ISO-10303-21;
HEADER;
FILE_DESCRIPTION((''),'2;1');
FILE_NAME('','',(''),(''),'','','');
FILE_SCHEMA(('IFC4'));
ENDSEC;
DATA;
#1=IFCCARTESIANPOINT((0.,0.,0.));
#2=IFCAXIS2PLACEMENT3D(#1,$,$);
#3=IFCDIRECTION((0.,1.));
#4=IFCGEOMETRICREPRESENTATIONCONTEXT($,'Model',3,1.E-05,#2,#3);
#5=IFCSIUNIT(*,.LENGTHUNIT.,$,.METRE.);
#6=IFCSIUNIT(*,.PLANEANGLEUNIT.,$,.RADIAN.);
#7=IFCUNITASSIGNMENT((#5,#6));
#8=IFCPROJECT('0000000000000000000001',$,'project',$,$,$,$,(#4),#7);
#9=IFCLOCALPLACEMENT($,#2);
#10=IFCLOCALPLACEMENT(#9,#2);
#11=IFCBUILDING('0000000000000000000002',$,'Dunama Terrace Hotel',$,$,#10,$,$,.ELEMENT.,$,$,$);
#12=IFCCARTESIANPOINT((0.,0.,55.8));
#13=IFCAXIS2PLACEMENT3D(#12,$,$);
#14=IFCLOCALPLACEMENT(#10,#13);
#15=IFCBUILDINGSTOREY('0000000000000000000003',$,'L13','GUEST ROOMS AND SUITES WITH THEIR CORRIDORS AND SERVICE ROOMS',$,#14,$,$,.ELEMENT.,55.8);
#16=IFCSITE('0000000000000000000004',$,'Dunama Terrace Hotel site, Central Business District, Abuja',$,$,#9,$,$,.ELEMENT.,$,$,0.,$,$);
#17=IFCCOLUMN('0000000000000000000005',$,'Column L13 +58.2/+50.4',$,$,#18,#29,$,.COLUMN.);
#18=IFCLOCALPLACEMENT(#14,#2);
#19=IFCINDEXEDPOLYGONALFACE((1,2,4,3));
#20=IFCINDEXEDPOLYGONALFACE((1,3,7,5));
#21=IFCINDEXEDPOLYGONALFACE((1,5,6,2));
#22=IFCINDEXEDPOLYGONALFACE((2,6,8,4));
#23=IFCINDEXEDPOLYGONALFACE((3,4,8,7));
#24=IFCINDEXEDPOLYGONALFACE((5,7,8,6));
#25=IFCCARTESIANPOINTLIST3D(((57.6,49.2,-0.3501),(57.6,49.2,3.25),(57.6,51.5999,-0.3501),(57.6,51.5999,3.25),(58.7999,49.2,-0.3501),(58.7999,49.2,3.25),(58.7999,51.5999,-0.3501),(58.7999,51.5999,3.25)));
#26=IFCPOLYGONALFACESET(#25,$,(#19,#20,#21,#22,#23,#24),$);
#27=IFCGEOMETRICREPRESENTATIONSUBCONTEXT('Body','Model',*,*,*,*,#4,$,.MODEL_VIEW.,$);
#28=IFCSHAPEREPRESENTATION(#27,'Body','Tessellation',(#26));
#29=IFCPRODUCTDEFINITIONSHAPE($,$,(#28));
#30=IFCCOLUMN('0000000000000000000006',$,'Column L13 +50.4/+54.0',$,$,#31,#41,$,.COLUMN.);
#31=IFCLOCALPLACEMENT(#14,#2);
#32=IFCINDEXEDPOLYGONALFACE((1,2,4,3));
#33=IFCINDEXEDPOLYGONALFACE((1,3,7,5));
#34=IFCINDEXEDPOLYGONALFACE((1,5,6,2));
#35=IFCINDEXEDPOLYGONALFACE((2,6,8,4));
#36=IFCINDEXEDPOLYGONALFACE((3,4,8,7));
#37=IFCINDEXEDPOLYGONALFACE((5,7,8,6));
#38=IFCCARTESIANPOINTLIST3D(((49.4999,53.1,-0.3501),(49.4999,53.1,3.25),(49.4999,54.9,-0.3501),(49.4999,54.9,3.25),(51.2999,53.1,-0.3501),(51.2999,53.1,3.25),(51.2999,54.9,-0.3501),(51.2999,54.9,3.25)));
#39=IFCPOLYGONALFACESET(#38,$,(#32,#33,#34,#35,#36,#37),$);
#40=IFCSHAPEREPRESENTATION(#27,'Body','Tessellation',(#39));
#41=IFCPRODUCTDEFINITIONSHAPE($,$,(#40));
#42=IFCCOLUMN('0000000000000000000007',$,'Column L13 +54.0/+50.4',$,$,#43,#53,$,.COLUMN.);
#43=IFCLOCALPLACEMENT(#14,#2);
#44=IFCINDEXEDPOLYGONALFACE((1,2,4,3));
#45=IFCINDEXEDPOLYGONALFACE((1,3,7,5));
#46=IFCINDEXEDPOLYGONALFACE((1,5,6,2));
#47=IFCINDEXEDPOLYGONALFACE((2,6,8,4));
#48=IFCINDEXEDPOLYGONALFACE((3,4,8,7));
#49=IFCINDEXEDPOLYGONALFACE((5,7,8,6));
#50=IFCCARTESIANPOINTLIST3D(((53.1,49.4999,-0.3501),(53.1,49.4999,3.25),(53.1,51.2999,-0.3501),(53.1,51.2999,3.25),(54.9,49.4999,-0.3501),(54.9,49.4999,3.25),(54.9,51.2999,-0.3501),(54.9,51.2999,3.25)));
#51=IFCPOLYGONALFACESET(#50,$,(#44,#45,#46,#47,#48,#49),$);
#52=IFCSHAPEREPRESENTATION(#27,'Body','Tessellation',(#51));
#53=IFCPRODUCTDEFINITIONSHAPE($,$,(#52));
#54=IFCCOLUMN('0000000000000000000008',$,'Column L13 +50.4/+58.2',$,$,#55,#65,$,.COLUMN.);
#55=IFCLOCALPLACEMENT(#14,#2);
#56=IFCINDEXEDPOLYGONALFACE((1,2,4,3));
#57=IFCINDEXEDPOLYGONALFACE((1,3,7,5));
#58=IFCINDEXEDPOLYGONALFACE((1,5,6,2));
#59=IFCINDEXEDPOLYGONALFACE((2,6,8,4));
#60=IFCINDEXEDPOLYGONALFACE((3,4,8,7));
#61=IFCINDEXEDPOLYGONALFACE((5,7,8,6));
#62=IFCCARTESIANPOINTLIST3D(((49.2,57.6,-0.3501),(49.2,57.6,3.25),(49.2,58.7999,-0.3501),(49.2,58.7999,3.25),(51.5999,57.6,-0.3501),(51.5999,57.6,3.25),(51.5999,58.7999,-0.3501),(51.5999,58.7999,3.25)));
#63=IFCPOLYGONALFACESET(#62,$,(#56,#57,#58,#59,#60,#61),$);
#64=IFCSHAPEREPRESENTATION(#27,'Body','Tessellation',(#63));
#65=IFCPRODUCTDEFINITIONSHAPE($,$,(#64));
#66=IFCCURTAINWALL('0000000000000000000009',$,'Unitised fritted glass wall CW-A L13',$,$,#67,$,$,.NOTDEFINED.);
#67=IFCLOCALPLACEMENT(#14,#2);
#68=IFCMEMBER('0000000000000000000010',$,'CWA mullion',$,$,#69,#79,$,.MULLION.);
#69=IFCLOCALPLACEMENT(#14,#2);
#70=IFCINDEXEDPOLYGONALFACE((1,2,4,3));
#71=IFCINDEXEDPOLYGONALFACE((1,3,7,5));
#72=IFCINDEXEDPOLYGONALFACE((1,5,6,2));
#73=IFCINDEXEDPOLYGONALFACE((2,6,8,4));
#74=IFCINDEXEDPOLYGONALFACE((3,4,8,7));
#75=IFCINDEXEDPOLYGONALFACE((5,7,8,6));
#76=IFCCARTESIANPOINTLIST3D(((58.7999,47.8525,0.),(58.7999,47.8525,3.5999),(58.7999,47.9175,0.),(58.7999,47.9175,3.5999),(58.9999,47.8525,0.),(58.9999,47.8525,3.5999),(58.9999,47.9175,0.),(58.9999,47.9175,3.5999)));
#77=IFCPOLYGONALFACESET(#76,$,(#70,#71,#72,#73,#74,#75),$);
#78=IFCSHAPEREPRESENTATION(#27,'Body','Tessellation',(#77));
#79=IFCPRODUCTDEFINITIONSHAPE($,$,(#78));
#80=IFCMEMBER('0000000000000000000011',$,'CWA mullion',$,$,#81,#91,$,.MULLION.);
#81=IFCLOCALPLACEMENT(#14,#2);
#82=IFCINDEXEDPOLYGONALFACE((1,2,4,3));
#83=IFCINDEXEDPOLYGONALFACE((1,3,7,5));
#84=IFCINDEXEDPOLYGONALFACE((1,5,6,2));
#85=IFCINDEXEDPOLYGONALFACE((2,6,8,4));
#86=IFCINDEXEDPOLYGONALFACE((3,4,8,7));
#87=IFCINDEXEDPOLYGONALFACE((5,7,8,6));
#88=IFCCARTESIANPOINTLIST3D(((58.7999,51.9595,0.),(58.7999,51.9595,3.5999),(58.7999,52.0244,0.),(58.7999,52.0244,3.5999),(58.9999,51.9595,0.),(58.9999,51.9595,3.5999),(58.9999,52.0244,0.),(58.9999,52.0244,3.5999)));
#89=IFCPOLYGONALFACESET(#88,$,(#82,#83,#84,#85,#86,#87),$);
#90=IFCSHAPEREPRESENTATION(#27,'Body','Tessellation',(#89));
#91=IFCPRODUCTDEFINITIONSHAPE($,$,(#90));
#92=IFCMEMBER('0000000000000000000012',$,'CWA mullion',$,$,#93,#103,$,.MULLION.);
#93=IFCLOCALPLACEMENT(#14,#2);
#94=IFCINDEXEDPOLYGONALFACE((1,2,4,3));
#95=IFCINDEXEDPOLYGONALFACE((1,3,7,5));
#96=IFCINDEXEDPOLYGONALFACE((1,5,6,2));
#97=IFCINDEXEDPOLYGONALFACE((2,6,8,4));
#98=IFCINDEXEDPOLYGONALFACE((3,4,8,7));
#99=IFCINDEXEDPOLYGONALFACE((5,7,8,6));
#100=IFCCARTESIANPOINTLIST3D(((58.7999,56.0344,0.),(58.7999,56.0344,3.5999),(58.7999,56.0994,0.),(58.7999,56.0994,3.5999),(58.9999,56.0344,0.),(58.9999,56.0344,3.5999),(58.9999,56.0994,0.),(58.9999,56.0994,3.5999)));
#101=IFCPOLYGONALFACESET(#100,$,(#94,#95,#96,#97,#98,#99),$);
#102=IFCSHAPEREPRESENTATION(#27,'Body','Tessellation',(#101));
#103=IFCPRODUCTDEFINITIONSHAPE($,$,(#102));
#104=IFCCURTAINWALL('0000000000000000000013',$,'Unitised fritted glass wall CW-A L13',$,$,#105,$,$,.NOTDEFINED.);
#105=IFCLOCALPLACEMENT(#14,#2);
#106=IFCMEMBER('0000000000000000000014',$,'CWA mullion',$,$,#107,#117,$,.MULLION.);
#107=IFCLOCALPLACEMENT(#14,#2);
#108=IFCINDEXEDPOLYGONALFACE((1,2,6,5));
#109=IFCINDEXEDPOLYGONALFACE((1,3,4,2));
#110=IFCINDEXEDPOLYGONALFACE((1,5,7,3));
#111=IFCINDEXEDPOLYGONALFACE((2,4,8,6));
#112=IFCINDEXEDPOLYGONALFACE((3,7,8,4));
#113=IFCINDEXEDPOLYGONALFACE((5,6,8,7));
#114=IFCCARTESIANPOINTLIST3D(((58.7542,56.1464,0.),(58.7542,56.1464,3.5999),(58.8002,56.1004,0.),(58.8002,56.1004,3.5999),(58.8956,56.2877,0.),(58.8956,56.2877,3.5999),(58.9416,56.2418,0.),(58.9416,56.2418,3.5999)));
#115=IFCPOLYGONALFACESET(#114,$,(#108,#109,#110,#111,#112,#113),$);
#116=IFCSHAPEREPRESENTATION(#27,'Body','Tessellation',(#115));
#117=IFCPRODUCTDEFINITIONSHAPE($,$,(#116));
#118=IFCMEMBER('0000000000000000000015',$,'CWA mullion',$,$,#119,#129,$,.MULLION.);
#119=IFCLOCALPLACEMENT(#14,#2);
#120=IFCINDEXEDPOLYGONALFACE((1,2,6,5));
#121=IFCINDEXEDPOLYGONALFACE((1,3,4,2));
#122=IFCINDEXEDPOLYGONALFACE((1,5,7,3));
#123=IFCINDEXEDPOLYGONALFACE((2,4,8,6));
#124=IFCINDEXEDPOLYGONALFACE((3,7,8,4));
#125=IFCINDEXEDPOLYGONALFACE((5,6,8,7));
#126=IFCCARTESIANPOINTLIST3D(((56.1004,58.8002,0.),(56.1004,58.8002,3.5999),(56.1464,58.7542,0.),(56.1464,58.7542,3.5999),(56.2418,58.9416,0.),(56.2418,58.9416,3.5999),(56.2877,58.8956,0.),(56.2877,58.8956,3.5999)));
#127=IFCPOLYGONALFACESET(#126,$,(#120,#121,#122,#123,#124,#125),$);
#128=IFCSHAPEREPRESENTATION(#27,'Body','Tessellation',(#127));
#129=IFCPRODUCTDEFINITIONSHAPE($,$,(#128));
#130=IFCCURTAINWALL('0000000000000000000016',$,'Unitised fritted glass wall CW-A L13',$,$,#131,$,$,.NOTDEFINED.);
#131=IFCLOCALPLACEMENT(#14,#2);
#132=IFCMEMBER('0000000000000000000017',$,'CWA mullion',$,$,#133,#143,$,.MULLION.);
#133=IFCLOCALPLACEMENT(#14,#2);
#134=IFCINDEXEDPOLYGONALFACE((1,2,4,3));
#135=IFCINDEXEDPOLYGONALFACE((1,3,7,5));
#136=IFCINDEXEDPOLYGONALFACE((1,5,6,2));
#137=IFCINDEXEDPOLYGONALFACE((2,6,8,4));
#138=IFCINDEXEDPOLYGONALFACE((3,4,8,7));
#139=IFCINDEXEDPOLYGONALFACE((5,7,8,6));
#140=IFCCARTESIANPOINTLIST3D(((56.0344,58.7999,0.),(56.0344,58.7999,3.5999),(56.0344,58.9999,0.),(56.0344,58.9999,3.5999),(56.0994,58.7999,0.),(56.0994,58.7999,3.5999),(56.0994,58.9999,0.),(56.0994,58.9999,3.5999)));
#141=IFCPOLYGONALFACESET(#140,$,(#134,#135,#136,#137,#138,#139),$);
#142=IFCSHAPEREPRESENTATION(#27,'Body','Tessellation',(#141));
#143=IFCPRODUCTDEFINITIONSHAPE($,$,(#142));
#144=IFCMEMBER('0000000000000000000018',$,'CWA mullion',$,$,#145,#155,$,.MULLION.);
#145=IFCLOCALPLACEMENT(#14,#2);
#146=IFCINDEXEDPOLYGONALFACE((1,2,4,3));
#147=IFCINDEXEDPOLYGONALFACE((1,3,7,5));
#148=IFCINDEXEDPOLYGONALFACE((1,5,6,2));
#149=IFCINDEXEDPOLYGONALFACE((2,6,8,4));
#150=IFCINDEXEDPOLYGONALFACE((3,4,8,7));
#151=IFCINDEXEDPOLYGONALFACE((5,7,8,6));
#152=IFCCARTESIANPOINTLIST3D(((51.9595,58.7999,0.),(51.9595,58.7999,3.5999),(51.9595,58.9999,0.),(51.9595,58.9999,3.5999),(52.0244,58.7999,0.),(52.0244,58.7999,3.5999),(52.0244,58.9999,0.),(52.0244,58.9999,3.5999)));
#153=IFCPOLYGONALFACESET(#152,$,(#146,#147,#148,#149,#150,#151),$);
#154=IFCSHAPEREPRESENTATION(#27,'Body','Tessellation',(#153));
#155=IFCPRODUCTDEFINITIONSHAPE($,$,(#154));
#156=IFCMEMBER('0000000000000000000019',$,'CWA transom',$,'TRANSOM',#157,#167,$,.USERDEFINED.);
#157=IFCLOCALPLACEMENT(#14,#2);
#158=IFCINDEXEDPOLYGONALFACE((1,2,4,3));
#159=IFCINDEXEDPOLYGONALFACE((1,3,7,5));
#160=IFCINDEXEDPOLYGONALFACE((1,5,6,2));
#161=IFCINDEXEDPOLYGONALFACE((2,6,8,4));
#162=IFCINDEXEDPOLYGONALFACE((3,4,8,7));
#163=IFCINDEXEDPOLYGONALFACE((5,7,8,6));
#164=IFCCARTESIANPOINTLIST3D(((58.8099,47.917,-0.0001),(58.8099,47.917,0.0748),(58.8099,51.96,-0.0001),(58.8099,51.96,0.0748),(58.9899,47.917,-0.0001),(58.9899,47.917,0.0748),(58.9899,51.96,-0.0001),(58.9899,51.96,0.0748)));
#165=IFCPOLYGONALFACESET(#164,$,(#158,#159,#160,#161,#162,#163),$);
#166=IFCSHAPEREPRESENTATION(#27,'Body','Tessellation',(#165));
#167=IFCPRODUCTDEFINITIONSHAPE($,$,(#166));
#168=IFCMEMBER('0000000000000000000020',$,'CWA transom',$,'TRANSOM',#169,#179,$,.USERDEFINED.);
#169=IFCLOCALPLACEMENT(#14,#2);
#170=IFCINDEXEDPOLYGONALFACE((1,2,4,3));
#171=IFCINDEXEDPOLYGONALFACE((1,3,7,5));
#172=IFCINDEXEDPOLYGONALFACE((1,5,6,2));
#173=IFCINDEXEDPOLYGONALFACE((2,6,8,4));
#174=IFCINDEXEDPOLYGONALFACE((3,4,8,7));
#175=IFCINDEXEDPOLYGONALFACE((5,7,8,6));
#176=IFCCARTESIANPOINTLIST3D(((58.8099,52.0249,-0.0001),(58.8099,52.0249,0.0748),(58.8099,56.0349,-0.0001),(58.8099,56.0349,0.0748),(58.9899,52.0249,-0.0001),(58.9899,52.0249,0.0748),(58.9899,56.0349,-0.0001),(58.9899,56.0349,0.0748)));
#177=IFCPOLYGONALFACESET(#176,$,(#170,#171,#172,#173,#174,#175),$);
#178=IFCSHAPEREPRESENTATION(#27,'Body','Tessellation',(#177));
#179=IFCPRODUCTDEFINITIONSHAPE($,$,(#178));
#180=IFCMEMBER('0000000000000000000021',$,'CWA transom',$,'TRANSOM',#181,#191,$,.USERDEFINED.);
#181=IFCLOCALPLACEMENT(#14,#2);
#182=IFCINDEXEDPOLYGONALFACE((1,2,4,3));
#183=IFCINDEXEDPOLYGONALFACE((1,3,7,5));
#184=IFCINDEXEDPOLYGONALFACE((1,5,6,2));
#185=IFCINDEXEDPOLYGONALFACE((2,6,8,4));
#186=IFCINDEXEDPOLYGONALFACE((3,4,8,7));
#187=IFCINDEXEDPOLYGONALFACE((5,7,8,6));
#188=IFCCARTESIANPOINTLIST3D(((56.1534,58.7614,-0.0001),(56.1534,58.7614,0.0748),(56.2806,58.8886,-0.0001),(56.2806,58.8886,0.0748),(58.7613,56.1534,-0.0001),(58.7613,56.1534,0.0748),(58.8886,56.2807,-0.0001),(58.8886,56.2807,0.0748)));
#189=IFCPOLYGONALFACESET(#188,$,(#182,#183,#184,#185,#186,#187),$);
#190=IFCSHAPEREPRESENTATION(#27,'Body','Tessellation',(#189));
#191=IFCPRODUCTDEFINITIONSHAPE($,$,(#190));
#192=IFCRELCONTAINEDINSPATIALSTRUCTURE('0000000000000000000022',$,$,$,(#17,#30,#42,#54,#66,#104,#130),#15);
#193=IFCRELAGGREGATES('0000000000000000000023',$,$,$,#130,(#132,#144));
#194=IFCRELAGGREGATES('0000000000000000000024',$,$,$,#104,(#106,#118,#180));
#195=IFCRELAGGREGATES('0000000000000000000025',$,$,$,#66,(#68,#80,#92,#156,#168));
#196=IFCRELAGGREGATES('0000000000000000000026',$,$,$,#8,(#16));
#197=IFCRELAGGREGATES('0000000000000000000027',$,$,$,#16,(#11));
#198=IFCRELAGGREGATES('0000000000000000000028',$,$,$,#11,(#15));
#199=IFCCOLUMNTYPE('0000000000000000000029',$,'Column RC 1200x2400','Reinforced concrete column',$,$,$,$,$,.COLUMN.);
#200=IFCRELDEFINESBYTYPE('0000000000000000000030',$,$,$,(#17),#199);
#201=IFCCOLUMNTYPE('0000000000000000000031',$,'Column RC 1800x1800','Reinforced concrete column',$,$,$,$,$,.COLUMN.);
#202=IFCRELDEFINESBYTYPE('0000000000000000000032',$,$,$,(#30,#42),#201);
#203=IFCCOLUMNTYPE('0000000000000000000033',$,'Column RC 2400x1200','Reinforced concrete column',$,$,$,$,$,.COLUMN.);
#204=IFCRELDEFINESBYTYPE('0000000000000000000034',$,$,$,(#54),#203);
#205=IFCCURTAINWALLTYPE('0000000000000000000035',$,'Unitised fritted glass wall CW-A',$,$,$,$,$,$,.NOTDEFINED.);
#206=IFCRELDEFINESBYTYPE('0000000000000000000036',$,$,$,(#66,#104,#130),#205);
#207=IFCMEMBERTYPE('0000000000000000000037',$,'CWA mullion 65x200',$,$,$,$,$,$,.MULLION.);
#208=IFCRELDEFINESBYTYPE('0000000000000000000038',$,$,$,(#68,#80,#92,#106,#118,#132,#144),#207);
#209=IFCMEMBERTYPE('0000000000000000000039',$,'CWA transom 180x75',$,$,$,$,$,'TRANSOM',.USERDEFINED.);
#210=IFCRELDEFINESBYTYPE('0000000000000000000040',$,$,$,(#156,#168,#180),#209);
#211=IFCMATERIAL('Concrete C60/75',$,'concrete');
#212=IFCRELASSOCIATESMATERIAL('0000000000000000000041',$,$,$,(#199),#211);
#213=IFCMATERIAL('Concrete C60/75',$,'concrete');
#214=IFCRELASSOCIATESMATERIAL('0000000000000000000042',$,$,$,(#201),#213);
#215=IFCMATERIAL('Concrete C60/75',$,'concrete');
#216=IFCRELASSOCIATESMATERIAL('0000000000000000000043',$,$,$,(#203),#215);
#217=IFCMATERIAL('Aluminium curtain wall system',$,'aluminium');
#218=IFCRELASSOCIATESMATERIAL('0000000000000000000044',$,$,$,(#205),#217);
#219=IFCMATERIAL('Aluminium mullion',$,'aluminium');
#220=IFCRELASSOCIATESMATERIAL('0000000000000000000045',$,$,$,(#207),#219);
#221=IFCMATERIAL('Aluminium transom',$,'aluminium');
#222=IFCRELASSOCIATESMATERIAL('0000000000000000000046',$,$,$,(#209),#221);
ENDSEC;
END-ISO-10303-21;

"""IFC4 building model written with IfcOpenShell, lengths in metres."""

from ifc_helpers import new_model, si_unit, direction, frame, origin, origin_2d, place, context, subcontext, project, spatial, rectangle, extrude, material, material_profile, profile_set, type_object, element, aggregate, save


model = new_model("IFC4")

# Units and contexts
model_context = context("Model", 3, precision=1e-05, world=origin(), true_north=direction((0.0, 1.0)))
body_context = subcontext(model_context, "Body", "Model", "MODEL_VIEW")
ifc_project = project(units=[si_unit("LENGTHUNIT", "METRE"), si_unit("PLANEANGLEUNIT", "RADIAN")], contexts=[model_context])

# Site, building, storey
site_placement = place(None, origin())
site = spatial("IfcSite", under=ifc_project, at=site_placement, Name="Dunama Terrace Hotel site, Central Business District, Abuja", CompositionType="ELEMENT", RefElevation=0.0)
building_placement = place(site_placement, origin())
building = spatial("IfcBuilding", under=site, at=building_placement, Name="Dunama Terrace Hotel", CompositionType="ELEMENT")
storey_placement = place(building_placement, frame((0.0, 0.0, 55.8)))
storey = spatial("IfcBuildingStorey", under=building, at=storey_placement, Name="L13", Description="GUEST ROOMS AND SUITES WITH THEIR CORRIDORS AND SERVICE ROOMS", CompositionType="ELEMENT", Elevation=55.8)

# Columns
ifc_material_1 = material(Name="Concrete C60/75", Category="concrete")
ifc_material_profile_1 = material_profile(ifc_material_1, rectangle(XDim=1.2, YDim=2.3999, at=origin_2d()), Name="RC 1200x2400")
ifc_profile_set_1 = profile_set([ifc_material_profile_1], Name="Concrete C60/75")
column_type_1 = type_object("IfcColumnType", Name="Column RC 1200x2400", Description="Reinforced concrete column", PredefinedType="COLUMN", material=ifc_profile_set_1)
column_1_placement = place(storey_placement, frame((58.2, 50.3999, -0.3501), z_axis=(0.0, 0.0, 1.0), x_axis=(1.0, 0.0, 0.0)))
element("IfcColumn", 1, at=column_1_placement, inside=storey, type_object=column_type_1, Name="Column L13 +58.2/+50.4", PredefinedType="COLUMN", context=body_context, shape_type="SweptSolid", body=[
    extrude(rectangle(XDim=1.2, YDim=2.3999, at=origin_2d()), origin(), (0.0, 0.0, 1.0), 3.6001),
])
ifc_material_2 = material(Name="Concrete C60/75", Category="concrete")
ifc_material_profile_2 = material_profile(ifc_material_2, rectangle(XDim=1.8, YDim=1.8, at=origin_2d()), Name="RC 1800x1800")
ifc_profile_set_2 = profile_set([ifc_material_profile_2], Name="Concrete C60/75")
column_type_2 = type_object("IfcColumnType", Name="Column RC 1800x1800", Description="Reinforced concrete column", PredefinedType="COLUMN", material=ifc_profile_set_2)
for number, where, z_axis, x_axis, name in (
    (2, (50.3999, 54.0, -0.3501), (0.0, 0.0, 1.0), (1.0, 0.0, 0.0), "Column L13 +50.4/+54.0"),
    (3, (54.0, 50.3999, -0.3501), (0.0, 0.0, 1.0), (1.0, 0.0, 0.0), "Column L13 +54.0/+50.4"),
):
    element("IfcColumn", number, at=place(storey_placement, frame(where, z_axis=z_axis, x_axis=x_axis)), inside=storey, type_object=column_type_2, Name=name, PredefinedType="COLUMN", context=body_context, shape_type="SweptSolid", body=[
        extrude(rectangle(XDim=1.8, YDim=1.8, at=origin_2d()), origin(), (0.0, 0.0, 1.0), 3.6001),
    ])
ifc_material_3 = material(Name="Concrete C60/75", Category="concrete")
ifc_material_profile_3 = material_profile(ifc_material_3, rectangle(XDim=2.3999, YDim=1.2, at=origin_2d()), Name="RC 2400x1200")
ifc_profile_set_3 = profile_set([ifc_material_profile_3], Name="Concrete C60/75")
column_type_3 = type_object("IfcColumnType", Name="Column RC 2400x1200", Description="Reinforced concrete column", PredefinedType="COLUMN", material=ifc_profile_set_3)
column_2_placement = place(storey_placement, frame((50.3999, 58.2, -0.3501), z_axis=(0.0, 0.0, 1.0), x_axis=(1.0, 0.0, 0.0)))
element("IfcColumn", 4, at=column_2_placement, inside=storey, type_object=column_type_3, Name="Column L13 +50.4/+58.2", PredefinedType="COLUMN", context=body_context, shape_type="SweptSolid", body=[
    extrude(rectangle(XDim=2.3999, YDim=1.2, at=origin_2d()), origin(), (0.0, 0.0, 1.0), 3.6001),
])

# Curtain walls, members
ifc_material_4 = material(Name="Aluminium curtain wall system", Category="aluminium")
curtain_wall_type = type_object("IfcCurtainWallType", Name="Unitised fritted glass wall CW-A", PredefinedType="NOTDEFINED", material=ifc_material_4)
curtain_wall_1_placement = place(storey_placement, origin())
curtain_wall_1 = element("IfcCurtainWall", 5, at=curtain_wall_1_placement, inside=storey, type_object=curtain_wall_type, Name="Unitised fritted glass wall CW-A L13", PredefinedType="NOTDEFINED")
ifc_material_5 = material(Name="Aluminium mullion", Category="aluminium")
ifc_material_profile_4 = material_profile(ifc_material_5, rectangle(XDim=0.0649, YDim=0.2, at=origin_2d()), Name="CWA MULLION 65X200")
ifc_profile_set_4 = profile_set([ifc_material_profile_4], Name="Aluminium mullion")
member_type_1 = type_object("IfcMemberType", Name="CWA mullion 65x200", PredefinedType="MULLION", material=ifc_profile_set_4)
member_1_placement = place(storey_placement, frame((58.8999, 47.885, 0.0), z_axis=(0.0, 0.0, 1.0), x_axis=(0.0, 1.0, 0.0)))
member_1 = element("IfcMember", 6, at=member_1_placement, type_object=member_type_1, Name="CWA mullion", PredefinedType="MULLION", context=body_context, shape_type="SweptSolid", body=[
    extrude(rectangle(XDim=0.0649, YDim=0.2, at=origin_2d()), origin(), (0.0, 0.0, 1.0), 3.5999),
])
member_2_placement = place(storey_placement, frame((58.8999, 51.9919, 0.0), z_axis=(0.0, 0.0, 1.0), x_axis=(0.0, 1.0, 0.0)))
member_2 = element("IfcMember", 7, at=member_2_placement, type_object=member_type_1, Name="CWA mullion", PredefinedType="MULLION", context=body_context, shape_type="SweptSolid", body=[
    extrude(rectangle(XDim=0.0649, YDim=0.2, at=origin_2d()), origin(), (0.0, 0.0, 1.0), 3.5999),
])
member_3_placement = place(storey_placement, frame((58.8999, 56.0669, 0.0), z_axis=(0.0, 0.0, 1.0), x_axis=(0.0, 1.0, 0.0)))
member_3 = element("IfcMember", 8, at=member_3_placement, type_object=member_type_1, Name="CWA mullion", PredefinedType="MULLION", context=body_context, shape_type="SweptSolid", body=[
    extrude(rectangle(XDim=0.0649, YDim=0.2, at=origin_2d()), origin(), (0.0, 0.0, 1.0), 3.5999),
])
curtain_wall_2_placement = place(storey_placement, origin())
curtain_wall_2 = element("IfcCurtainWall", 9, at=curtain_wall_2_placement, inside=storey, type_object=curtain_wall_type, Name="Unitised fritted glass wall CW-A L13", PredefinedType="NOTDEFINED")
member_4_placement = place(storey_placement, frame((58.8479, 56.1941, 0.0), z_axis=(0.0, 0.0, 1.0), x_axis=(-0.707107, 0.707107, 0.0)))
member_4 = element("IfcMember", 10, at=member_4_placement, type_object=member_type_1, Name="CWA mullion", PredefinedType="MULLION", context=body_context, shape_type="SweptSolid", body=[
    extrude(rectangle(XDim=0.0649, YDim=0.2, at=origin_2d()), origin(), (0.0, 0.0, 1.0), 3.5999),
])
member_5_placement = place(storey_placement, frame((56.1941, 58.8479, 0.0), z_axis=(0.0, 0.0, 1.0), x_axis=(-0.707107, 0.707107, 0.0)))
member_5 = element("IfcMember", 11, at=member_5_placement, type_object=member_type_1, Name="CWA mullion", PredefinedType="MULLION", context=body_context, shape_type="SweptSolid", body=[
    extrude(rectangle(XDim=0.0649, YDim=0.2, at=origin_2d()), origin(), (0.0, 0.0, 1.0), 3.5999),
])
curtain_wall_3_placement = place(storey_placement, origin())
curtain_wall_3 = element("IfcCurtainWall", 12, at=curtain_wall_3_placement, inside=storey, type_object=curtain_wall_type, Name="Unitised fritted glass wall CW-A L13", PredefinedType="NOTDEFINED")
member_6_placement = place(storey_placement, frame((56.0669, 58.8999, 0.0), z_axis=(0.0, 0.0, 1.0), x_axis=(-1.0, 0.0, 0.0)))
member_6 = element("IfcMember", 13, at=member_6_placement, type_object=member_type_1, Name="CWA mullion", PredefinedType="MULLION", context=body_context, shape_type="SweptSolid", body=[
    extrude(rectangle(XDim=0.0649, YDim=0.2, at=origin_2d()), origin(), (0.0, 0.0, 1.0), 3.5999),
])
member_7_placement = place(storey_placement, frame((51.9919, 58.8999, 0.0), z_axis=(0.0, 0.0, 1.0), x_axis=(-1.0, 0.0, 0.0)))
member_7 = element("IfcMember", 14, at=member_7_placement, type_object=member_type_1, Name="CWA mullion", PredefinedType="MULLION", context=body_context, shape_type="SweptSolid", body=[
    extrude(rectangle(XDim=0.0649, YDim=0.2, at=origin_2d()), origin(), (0.0, 0.0, 1.0), 3.5999),
])

# Members
ifc_material_6 = material(Name="Aluminium transom", Category="aluminium")
ifc_material_profile_5 = material_profile(ifc_material_6, rectangle(XDim=0.1799, YDim=0.075, at=origin_2d()), Name="CWA TRANSOM 180X75")
ifc_profile_set_5 = profile_set([ifc_material_profile_5], Name="Aluminium transom")
member_type_2 = type_object("IfcMemberType", Name="CWA transom 180x75", ElementType="TRANSOM", PredefinedType="USERDEFINED", material=ifc_profile_set_5)
member_8_placement = place(storey_placement, frame((58.8999, 47.917, 0.0374), z_axis=(0.0, 1.0, 0.0), x_axis=(-1.0, 0.0, 0.0)))
member_8 = element("IfcMember", 15, at=member_8_placement, type_object=member_type_2, Name="CWA transom", ObjectType="TRANSOM", PredefinedType="USERDEFINED", context=body_context, shape_type="SweptSolid", body=[
    extrude(rectangle(XDim=0.1799, YDim=0.075, at=origin_2d()), origin(), (0.0, 0.0, 1.0), 4.043),
])
member_9_placement = place(storey_placement, frame((58.8999, 52.0249, 0.0374), z_axis=(0.0, 1.0, 0.0), x_axis=(-1.0, 0.0, 0.0)))
member_9 = element("IfcMember", 16, at=member_9_placement, type_object=member_type_2, Name="CWA transom", ObjectType="TRANSOM", PredefinedType="USERDEFINED", context=body_context, shape_type="SweptSolid", body=[
    extrude(rectangle(XDim=0.1799, YDim=0.075, at=origin_2d()), origin(), (0.0, 0.0, 1.0), 4.01),
])
member_10_placement = place(storey_placement, frame((58.825, 56.217, 0.0374), z_axis=(-0.707107, 0.707107, 0.0), x_axis=(-0.707107, -0.707107, 0.0)))
member_10 = element("IfcMember", 17, at=member_10_placement, type_object=member_type_2, Name="CWA transom", ObjectType="TRANSOM", PredefinedType="USERDEFINED", context=body_context, shape_type="SweptSolid", body=[
    extrude(rectangle(XDim=0.1799, YDim=0.075, at=origin_2d()), origin(), (0.0, 0.0, 1.0), 3.6882),
])

aggregate(curtain_wall_3, [member_6, member_7])
aggregate(curtain_wall_2, [member_4, member_5, member_10])
aggregate(curtain_wall_1, [member_1, member_2, member_3, member_8, member_9])

save(model, "model.ifc")
